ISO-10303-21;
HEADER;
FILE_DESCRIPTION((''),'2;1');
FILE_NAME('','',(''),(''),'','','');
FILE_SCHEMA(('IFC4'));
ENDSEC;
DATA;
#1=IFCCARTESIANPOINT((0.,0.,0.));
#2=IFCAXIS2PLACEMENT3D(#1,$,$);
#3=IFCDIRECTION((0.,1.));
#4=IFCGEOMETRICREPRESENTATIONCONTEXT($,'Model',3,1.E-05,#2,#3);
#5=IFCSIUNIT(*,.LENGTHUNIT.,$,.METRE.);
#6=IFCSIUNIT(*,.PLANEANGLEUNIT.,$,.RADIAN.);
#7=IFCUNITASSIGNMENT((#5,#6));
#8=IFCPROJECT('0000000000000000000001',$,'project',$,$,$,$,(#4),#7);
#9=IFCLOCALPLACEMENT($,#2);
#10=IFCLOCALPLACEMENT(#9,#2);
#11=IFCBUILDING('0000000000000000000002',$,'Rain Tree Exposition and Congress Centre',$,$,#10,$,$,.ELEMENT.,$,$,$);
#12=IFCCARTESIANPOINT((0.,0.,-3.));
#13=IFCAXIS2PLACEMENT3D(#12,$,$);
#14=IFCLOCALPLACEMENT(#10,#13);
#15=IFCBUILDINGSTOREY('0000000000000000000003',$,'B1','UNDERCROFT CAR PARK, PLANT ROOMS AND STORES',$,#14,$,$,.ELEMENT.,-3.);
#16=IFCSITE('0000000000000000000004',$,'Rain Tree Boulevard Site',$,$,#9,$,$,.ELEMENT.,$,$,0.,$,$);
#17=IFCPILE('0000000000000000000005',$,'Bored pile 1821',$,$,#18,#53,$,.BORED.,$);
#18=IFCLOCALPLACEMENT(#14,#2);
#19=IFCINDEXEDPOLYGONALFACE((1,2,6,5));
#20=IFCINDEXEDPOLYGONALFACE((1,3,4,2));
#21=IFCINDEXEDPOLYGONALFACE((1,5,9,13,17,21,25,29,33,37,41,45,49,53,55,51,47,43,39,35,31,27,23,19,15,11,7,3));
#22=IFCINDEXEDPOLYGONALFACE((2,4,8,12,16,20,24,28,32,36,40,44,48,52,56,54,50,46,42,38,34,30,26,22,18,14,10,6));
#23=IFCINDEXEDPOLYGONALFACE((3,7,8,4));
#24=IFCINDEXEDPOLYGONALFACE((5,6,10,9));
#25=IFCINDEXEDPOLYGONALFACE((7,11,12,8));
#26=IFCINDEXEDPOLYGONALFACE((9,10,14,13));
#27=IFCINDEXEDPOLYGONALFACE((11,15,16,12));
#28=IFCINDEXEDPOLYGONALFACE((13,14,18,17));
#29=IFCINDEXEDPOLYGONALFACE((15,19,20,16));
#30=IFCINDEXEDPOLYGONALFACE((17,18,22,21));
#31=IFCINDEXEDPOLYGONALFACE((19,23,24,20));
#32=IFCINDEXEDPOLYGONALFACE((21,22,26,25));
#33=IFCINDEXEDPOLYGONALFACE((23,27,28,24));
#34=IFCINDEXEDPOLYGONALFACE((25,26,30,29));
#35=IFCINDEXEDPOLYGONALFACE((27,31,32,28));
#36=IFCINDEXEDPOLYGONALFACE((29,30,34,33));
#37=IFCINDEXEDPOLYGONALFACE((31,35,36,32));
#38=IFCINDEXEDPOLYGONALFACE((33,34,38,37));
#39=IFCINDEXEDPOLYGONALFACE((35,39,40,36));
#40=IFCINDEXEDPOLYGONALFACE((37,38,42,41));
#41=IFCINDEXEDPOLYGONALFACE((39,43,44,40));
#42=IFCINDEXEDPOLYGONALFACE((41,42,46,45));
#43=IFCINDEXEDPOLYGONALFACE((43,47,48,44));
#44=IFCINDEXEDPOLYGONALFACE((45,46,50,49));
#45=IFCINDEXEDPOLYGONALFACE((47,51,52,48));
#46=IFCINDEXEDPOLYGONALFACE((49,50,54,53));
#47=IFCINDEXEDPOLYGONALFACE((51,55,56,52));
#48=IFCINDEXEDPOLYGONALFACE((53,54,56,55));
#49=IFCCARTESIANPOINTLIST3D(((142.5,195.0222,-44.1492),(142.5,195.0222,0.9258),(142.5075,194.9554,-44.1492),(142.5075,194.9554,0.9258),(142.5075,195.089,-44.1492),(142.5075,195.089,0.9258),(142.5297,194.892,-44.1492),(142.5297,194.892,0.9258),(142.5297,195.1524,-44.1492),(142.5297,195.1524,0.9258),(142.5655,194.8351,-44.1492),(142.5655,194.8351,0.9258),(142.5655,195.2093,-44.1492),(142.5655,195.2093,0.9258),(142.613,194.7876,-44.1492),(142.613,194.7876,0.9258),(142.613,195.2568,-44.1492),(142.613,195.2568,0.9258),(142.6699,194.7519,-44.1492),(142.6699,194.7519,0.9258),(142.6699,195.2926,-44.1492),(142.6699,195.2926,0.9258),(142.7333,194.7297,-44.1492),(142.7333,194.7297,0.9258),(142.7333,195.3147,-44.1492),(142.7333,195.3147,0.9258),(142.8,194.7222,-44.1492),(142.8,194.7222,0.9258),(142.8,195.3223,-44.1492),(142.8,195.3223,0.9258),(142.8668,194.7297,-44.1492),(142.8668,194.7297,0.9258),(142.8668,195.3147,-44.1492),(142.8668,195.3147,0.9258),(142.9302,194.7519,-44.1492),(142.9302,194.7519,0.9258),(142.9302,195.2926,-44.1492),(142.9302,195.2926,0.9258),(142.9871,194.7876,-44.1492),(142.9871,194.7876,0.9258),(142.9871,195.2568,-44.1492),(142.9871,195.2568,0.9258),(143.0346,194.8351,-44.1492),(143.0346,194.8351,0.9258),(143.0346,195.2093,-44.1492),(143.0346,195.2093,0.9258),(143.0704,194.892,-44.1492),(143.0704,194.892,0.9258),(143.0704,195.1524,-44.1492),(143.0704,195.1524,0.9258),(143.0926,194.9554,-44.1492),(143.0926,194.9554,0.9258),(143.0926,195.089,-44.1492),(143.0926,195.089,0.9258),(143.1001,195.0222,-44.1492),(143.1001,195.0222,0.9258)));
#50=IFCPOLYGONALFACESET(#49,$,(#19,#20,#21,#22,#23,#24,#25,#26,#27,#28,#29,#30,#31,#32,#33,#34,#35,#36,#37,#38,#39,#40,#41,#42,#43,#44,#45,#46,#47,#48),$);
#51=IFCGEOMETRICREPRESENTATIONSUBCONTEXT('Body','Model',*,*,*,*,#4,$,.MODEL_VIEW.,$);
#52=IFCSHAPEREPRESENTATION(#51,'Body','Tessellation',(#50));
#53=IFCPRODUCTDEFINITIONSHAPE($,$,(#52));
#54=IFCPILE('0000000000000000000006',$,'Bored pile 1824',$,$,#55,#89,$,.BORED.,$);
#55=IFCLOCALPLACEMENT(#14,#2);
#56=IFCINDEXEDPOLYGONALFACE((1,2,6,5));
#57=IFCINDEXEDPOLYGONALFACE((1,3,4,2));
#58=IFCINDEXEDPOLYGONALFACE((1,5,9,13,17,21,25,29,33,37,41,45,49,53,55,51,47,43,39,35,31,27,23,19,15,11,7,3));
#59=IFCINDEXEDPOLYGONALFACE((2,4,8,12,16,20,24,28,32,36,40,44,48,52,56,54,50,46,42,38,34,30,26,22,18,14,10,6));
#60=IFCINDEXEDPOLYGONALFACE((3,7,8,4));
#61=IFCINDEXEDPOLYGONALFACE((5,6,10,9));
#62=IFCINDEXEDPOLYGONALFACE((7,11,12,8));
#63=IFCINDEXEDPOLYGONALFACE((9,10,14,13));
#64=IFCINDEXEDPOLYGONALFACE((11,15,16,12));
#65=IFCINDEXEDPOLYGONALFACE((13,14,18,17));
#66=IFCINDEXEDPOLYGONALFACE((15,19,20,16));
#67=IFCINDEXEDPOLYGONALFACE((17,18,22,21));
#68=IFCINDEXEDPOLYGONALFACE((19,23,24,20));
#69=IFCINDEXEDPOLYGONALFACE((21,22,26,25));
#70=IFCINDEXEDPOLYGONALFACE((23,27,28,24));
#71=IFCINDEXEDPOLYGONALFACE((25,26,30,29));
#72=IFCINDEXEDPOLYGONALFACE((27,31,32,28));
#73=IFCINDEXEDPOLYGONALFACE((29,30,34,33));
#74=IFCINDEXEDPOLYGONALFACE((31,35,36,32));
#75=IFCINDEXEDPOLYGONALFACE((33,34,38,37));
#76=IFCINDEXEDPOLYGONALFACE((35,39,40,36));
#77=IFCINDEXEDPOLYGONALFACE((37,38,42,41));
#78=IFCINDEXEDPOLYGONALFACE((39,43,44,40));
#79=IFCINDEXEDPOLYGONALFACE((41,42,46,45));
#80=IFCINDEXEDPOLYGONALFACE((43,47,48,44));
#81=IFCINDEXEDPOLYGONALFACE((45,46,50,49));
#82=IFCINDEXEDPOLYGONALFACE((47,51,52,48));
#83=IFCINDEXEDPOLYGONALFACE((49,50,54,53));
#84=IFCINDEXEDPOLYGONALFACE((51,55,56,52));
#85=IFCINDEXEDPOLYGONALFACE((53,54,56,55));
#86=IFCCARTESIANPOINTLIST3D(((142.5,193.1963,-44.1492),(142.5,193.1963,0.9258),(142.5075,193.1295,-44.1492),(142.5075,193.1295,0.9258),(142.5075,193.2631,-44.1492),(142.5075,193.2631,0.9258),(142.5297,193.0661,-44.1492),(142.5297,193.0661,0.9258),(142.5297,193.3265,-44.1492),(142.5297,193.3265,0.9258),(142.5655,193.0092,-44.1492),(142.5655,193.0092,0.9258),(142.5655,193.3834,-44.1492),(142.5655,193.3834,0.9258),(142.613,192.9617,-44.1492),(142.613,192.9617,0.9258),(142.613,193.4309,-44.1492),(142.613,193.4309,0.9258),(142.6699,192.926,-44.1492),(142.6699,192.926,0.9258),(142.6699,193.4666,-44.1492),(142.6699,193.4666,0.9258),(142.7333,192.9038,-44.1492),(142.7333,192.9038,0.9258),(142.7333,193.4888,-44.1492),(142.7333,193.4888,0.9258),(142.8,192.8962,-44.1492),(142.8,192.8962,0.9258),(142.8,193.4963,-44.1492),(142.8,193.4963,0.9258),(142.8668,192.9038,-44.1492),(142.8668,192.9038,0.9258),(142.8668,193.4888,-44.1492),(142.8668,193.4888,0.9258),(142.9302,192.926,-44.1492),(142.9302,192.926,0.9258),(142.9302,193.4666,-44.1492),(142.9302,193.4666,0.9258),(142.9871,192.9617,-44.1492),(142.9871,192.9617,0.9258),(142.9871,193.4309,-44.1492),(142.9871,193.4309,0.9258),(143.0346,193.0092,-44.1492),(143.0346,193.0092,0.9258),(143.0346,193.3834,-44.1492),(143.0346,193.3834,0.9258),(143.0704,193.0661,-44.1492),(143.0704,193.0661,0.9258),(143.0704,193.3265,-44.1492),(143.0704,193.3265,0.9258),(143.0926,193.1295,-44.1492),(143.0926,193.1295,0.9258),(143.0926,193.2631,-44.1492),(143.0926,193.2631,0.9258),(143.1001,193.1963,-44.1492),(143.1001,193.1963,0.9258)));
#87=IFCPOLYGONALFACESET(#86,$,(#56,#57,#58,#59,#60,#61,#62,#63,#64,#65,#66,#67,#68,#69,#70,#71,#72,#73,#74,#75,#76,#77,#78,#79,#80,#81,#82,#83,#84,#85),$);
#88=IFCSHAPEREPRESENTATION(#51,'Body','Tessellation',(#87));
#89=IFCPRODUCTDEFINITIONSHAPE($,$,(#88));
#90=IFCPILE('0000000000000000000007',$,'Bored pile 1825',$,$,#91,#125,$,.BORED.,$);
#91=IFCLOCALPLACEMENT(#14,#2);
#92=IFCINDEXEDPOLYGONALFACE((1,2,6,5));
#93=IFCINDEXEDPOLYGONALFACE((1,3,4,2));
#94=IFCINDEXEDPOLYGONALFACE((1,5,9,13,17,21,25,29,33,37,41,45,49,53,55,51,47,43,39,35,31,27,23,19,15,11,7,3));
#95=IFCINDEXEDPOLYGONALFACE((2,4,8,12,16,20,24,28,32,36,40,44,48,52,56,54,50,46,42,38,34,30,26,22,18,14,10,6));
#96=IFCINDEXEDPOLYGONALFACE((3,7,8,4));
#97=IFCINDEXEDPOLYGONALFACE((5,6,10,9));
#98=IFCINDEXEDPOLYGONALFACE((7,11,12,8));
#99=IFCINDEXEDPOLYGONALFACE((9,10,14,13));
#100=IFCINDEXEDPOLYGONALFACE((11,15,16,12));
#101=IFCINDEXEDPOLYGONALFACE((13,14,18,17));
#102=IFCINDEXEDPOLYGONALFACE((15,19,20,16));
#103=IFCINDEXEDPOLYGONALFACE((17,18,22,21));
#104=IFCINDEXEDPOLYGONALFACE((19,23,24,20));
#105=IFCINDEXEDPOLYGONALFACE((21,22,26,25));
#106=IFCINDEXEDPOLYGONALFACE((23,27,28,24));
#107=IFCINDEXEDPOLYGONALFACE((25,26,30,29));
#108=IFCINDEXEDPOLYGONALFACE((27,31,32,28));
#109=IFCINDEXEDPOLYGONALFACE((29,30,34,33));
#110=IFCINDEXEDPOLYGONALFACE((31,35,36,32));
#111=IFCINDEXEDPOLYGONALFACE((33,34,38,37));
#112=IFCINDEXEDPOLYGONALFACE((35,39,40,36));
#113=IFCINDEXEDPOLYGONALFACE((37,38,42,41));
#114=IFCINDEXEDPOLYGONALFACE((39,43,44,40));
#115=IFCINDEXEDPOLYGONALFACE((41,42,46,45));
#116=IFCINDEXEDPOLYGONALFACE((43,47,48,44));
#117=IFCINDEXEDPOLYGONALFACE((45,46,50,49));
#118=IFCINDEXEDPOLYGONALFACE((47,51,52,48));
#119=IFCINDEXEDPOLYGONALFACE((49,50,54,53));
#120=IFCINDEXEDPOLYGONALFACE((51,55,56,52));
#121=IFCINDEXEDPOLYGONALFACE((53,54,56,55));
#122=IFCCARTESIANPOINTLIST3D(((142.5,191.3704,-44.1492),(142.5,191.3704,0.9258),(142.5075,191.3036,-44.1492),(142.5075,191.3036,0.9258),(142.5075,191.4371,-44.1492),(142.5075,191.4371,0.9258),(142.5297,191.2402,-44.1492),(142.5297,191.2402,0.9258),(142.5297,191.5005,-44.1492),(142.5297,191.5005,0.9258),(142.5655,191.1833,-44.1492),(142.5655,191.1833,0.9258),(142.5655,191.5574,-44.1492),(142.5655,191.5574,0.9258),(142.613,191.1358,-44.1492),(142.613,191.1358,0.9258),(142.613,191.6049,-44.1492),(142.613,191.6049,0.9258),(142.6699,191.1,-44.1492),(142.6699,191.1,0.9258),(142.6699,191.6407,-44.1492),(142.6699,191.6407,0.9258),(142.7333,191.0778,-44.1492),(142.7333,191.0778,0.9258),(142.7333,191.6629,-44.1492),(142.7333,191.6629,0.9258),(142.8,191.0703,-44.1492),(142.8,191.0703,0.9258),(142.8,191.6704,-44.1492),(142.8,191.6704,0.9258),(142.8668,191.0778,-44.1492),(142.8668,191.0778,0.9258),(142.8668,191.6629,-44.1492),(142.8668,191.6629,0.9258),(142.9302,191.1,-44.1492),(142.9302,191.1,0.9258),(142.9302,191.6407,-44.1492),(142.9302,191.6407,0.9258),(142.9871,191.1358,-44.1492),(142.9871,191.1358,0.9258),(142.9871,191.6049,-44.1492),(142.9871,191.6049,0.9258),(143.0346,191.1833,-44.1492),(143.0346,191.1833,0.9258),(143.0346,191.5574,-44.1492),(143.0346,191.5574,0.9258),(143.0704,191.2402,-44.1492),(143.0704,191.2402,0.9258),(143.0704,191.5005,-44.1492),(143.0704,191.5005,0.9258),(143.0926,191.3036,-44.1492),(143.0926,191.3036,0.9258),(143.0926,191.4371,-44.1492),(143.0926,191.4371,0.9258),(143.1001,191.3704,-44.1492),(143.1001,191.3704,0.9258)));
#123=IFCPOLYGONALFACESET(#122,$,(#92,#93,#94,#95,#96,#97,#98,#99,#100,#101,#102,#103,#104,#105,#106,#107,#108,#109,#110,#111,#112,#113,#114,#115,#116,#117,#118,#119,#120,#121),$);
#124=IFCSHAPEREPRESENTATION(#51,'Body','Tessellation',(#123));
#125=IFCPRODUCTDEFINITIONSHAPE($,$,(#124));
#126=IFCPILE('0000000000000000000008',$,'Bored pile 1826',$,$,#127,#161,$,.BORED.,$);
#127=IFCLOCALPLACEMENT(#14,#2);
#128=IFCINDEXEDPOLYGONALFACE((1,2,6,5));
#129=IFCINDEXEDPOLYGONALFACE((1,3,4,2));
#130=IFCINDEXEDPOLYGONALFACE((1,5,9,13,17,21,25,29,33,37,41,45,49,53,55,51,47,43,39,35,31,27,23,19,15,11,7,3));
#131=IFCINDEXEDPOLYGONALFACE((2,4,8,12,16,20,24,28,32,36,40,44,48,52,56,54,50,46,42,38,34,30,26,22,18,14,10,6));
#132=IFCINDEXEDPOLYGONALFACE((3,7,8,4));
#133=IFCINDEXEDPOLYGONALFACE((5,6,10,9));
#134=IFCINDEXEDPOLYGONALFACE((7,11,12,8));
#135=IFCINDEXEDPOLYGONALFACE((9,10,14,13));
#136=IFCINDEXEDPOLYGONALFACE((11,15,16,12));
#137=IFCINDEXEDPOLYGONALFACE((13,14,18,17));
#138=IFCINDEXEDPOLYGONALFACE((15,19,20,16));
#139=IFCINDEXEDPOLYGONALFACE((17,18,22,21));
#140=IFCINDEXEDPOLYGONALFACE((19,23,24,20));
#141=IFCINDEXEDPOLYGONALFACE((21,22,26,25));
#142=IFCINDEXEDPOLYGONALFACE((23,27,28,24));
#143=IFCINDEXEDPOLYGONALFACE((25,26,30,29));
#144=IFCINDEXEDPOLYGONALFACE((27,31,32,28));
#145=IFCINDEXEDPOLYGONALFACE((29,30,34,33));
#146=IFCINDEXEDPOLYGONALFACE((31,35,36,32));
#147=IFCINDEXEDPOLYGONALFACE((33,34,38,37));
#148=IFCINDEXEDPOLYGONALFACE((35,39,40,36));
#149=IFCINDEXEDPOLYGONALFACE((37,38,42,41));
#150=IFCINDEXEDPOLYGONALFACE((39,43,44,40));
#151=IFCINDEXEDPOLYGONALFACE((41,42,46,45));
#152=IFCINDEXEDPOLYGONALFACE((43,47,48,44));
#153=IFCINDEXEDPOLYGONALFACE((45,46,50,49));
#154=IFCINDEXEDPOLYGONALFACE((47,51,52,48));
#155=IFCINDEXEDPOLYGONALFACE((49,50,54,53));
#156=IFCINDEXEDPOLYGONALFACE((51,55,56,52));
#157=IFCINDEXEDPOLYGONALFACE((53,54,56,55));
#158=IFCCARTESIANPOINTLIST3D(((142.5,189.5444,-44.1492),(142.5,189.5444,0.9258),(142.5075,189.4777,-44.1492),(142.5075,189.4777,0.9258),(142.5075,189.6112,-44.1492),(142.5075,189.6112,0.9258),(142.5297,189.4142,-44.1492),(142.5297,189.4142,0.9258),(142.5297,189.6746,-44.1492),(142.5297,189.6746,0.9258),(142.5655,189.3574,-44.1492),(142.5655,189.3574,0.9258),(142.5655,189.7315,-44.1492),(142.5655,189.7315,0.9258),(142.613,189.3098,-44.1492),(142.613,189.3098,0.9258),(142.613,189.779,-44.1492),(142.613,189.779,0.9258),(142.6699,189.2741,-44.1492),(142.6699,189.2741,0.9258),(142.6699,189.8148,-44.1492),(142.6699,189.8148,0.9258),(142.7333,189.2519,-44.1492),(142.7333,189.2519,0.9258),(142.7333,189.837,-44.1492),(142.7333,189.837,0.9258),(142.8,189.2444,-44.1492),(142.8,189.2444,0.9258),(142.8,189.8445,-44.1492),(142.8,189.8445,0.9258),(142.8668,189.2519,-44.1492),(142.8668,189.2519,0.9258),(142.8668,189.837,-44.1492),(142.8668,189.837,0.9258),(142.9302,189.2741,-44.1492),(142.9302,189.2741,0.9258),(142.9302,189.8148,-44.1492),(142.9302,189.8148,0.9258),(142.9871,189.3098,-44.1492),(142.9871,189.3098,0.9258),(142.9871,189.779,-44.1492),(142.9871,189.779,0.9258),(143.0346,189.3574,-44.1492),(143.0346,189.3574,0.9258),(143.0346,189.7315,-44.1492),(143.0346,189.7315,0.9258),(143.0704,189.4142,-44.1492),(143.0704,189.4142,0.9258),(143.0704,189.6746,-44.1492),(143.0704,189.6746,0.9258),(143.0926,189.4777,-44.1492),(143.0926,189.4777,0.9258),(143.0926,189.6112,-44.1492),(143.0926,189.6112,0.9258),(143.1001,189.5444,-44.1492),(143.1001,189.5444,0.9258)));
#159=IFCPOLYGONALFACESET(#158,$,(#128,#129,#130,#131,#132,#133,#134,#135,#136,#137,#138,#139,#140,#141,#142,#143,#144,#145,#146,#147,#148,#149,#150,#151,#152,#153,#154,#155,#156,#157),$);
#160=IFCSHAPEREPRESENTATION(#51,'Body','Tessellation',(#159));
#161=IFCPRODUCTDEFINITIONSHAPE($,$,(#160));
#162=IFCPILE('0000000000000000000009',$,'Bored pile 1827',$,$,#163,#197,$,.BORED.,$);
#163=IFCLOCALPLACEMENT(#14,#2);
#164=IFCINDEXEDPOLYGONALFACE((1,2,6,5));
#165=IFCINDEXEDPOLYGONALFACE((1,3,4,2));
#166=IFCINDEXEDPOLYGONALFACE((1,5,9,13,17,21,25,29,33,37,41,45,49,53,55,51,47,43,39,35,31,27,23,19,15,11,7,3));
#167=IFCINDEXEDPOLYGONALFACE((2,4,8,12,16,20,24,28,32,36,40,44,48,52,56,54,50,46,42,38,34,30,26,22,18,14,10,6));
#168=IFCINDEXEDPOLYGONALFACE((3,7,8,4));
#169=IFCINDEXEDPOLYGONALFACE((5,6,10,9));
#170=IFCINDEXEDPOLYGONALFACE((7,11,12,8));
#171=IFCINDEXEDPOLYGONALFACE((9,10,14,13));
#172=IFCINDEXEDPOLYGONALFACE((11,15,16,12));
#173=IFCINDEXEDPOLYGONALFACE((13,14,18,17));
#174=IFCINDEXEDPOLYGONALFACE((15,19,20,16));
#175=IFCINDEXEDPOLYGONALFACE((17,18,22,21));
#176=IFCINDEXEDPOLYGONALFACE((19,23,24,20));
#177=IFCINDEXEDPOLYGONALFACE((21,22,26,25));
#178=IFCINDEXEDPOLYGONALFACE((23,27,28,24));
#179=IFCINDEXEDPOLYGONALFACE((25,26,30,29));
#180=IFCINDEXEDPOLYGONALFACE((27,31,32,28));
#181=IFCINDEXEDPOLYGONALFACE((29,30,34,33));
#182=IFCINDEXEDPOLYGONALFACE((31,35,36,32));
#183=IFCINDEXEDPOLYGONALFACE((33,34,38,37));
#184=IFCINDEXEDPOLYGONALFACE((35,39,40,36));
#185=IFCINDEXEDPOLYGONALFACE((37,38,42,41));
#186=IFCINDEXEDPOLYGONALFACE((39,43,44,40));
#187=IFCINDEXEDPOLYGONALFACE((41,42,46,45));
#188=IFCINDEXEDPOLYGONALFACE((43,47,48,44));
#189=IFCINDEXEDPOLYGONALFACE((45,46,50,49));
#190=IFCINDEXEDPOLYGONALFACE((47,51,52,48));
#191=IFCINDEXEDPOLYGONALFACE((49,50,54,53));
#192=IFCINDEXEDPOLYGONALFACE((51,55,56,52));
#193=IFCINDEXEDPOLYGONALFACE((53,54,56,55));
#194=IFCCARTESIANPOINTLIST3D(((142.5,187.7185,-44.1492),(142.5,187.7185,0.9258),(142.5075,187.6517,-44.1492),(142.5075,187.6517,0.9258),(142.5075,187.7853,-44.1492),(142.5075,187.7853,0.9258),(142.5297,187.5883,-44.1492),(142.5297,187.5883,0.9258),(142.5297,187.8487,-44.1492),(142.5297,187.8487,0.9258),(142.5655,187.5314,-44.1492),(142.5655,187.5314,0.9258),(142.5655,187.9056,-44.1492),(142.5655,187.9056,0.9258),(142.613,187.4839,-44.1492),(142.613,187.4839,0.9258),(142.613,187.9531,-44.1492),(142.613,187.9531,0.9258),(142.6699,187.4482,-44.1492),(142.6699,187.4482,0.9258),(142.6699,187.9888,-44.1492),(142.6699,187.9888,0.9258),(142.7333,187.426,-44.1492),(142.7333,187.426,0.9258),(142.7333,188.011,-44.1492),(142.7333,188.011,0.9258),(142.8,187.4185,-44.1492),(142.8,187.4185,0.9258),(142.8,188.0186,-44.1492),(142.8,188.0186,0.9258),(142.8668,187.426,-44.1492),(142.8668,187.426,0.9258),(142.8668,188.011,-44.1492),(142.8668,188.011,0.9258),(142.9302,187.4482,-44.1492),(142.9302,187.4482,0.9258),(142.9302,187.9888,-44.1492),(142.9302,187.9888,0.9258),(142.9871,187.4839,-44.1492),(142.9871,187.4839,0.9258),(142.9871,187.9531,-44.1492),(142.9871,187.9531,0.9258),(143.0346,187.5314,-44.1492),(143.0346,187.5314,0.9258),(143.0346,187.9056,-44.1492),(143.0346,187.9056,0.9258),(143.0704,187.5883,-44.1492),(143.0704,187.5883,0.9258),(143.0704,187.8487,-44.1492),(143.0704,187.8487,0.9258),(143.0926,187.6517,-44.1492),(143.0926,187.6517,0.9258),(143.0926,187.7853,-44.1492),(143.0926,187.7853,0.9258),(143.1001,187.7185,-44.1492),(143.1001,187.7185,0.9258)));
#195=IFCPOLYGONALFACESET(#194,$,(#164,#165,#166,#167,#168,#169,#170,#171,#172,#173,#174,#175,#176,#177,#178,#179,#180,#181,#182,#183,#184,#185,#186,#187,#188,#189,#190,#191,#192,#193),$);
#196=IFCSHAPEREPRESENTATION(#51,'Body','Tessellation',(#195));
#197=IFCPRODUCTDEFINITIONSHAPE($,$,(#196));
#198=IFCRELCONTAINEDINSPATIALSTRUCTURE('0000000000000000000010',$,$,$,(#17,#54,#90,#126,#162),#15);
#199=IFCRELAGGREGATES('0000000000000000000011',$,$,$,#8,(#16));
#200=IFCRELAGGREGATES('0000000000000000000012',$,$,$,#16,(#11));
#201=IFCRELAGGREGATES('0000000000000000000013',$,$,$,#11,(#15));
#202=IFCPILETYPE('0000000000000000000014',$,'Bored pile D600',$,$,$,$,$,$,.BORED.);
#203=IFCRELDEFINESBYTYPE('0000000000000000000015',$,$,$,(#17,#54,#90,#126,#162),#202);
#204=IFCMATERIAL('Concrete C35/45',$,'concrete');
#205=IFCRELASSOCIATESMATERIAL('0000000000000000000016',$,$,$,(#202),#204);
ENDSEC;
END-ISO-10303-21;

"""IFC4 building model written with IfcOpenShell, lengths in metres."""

from ifc_helpers import new_model, si_unit, direction, frame, origin, origin_2d, place, context, subcontext, project, spatial, circle, extrude, material, material_profile, profile_set, type_object, element, save


model = new_model("IFC4")

# Units and contexts
model_context = context("Model", 3, precision=1e-05, world=origin(), true_north=direction((0.0, 1.0)))
body_context = subcontext(model_context, "Body", "Model", "MODEL_VIEW")
ifc_project = project(units=[si_unit("LENGTHUNIT", "METRE"), si_unit("PLANEANGLEUNIT", "RADIAN")], contexts=[model_context])

# Site, building, storey
site_placement = place(None, origin())
site = spatial("IfcSite", under=ifc_project, at=site_placement, Name="Rain Tree Boulevard Site", CompositionType="ELEMENT", RefElevation=0.0)
building_placement = place(site_placement, origin())
building = spatial("IfcBuilding", under=site, at=building_placement, Name="Rain Tree Exposition and Congress Centre", CompositionType="ELEMENT")
storey_placement = place(building_placement, frame((0.0, 0.0, -3.0)))
storey = spatial("IfcBuildingStorey", under=building, at=storey_placement, Name="B1", Description="UNDERCROFT CAR PARK, PLANT ROOMS AND STORES", CompositionType="ELEMENT", Elevation=-3.0)

# Piles
ifc_material = material(Name="Concrete C35/45", Category="concrete")
ifc_material_profile = material_profile(ifc_material, circle(Radius=0.3, at=origin_2d()), Name="D600")
ifc_profile_set = profile_set([ifc_material_profile], Name="Concrete C35/45")
pile_type = type_object("IfcPileType", Name="Bored pile D600", PredefinedType="BORED", material=ifc_profile_set)
for number, where, z_axis, x_axis, name in (
    (1, (142.8, 195.0222, 0.9258), (0.0, 0.0, -1.0), (1.0, 0.0, 0.0), "Bored pile 1821"),
    (2, (142.8, 193.1963, 0.9258), (0.0, 0.0, -1.0), (1.0, 0.0, 0.0), "Bored pile 1824"),
    (3, (142.8, 191.3704, 0.9258), (0.0, 0.0, -1.0), (1.0, 0.0, 0.0), "Bored pile 1825"),
    (4, (142.8, 189.5444, 0.9258), (0.0, 0.0, -1.0), (1.0, 0.0, 0.0), "Bored pile 1826"),
    (5, (142.8, 187.7185, 0.9258), (0.0, 0.0, -1.0), (1.0, 0.0, 0.0), "Bored pile 1827"),
):
    element("IfcPile", number, at=place(storey_placement, frame(where, z_axis=z_axis, x_axis=x_axis)), inside=storey, type_object=pile_type, Name=name, PredefinedType="BORED", context=body_context, shape_type="SweptSolid", body=[
        extrude(circle(Radius=0.3, at=origin_2d()), origin(), (0.0, 0.0, 1.0), 45.075),
    ])

save(model, "model.ifc")
